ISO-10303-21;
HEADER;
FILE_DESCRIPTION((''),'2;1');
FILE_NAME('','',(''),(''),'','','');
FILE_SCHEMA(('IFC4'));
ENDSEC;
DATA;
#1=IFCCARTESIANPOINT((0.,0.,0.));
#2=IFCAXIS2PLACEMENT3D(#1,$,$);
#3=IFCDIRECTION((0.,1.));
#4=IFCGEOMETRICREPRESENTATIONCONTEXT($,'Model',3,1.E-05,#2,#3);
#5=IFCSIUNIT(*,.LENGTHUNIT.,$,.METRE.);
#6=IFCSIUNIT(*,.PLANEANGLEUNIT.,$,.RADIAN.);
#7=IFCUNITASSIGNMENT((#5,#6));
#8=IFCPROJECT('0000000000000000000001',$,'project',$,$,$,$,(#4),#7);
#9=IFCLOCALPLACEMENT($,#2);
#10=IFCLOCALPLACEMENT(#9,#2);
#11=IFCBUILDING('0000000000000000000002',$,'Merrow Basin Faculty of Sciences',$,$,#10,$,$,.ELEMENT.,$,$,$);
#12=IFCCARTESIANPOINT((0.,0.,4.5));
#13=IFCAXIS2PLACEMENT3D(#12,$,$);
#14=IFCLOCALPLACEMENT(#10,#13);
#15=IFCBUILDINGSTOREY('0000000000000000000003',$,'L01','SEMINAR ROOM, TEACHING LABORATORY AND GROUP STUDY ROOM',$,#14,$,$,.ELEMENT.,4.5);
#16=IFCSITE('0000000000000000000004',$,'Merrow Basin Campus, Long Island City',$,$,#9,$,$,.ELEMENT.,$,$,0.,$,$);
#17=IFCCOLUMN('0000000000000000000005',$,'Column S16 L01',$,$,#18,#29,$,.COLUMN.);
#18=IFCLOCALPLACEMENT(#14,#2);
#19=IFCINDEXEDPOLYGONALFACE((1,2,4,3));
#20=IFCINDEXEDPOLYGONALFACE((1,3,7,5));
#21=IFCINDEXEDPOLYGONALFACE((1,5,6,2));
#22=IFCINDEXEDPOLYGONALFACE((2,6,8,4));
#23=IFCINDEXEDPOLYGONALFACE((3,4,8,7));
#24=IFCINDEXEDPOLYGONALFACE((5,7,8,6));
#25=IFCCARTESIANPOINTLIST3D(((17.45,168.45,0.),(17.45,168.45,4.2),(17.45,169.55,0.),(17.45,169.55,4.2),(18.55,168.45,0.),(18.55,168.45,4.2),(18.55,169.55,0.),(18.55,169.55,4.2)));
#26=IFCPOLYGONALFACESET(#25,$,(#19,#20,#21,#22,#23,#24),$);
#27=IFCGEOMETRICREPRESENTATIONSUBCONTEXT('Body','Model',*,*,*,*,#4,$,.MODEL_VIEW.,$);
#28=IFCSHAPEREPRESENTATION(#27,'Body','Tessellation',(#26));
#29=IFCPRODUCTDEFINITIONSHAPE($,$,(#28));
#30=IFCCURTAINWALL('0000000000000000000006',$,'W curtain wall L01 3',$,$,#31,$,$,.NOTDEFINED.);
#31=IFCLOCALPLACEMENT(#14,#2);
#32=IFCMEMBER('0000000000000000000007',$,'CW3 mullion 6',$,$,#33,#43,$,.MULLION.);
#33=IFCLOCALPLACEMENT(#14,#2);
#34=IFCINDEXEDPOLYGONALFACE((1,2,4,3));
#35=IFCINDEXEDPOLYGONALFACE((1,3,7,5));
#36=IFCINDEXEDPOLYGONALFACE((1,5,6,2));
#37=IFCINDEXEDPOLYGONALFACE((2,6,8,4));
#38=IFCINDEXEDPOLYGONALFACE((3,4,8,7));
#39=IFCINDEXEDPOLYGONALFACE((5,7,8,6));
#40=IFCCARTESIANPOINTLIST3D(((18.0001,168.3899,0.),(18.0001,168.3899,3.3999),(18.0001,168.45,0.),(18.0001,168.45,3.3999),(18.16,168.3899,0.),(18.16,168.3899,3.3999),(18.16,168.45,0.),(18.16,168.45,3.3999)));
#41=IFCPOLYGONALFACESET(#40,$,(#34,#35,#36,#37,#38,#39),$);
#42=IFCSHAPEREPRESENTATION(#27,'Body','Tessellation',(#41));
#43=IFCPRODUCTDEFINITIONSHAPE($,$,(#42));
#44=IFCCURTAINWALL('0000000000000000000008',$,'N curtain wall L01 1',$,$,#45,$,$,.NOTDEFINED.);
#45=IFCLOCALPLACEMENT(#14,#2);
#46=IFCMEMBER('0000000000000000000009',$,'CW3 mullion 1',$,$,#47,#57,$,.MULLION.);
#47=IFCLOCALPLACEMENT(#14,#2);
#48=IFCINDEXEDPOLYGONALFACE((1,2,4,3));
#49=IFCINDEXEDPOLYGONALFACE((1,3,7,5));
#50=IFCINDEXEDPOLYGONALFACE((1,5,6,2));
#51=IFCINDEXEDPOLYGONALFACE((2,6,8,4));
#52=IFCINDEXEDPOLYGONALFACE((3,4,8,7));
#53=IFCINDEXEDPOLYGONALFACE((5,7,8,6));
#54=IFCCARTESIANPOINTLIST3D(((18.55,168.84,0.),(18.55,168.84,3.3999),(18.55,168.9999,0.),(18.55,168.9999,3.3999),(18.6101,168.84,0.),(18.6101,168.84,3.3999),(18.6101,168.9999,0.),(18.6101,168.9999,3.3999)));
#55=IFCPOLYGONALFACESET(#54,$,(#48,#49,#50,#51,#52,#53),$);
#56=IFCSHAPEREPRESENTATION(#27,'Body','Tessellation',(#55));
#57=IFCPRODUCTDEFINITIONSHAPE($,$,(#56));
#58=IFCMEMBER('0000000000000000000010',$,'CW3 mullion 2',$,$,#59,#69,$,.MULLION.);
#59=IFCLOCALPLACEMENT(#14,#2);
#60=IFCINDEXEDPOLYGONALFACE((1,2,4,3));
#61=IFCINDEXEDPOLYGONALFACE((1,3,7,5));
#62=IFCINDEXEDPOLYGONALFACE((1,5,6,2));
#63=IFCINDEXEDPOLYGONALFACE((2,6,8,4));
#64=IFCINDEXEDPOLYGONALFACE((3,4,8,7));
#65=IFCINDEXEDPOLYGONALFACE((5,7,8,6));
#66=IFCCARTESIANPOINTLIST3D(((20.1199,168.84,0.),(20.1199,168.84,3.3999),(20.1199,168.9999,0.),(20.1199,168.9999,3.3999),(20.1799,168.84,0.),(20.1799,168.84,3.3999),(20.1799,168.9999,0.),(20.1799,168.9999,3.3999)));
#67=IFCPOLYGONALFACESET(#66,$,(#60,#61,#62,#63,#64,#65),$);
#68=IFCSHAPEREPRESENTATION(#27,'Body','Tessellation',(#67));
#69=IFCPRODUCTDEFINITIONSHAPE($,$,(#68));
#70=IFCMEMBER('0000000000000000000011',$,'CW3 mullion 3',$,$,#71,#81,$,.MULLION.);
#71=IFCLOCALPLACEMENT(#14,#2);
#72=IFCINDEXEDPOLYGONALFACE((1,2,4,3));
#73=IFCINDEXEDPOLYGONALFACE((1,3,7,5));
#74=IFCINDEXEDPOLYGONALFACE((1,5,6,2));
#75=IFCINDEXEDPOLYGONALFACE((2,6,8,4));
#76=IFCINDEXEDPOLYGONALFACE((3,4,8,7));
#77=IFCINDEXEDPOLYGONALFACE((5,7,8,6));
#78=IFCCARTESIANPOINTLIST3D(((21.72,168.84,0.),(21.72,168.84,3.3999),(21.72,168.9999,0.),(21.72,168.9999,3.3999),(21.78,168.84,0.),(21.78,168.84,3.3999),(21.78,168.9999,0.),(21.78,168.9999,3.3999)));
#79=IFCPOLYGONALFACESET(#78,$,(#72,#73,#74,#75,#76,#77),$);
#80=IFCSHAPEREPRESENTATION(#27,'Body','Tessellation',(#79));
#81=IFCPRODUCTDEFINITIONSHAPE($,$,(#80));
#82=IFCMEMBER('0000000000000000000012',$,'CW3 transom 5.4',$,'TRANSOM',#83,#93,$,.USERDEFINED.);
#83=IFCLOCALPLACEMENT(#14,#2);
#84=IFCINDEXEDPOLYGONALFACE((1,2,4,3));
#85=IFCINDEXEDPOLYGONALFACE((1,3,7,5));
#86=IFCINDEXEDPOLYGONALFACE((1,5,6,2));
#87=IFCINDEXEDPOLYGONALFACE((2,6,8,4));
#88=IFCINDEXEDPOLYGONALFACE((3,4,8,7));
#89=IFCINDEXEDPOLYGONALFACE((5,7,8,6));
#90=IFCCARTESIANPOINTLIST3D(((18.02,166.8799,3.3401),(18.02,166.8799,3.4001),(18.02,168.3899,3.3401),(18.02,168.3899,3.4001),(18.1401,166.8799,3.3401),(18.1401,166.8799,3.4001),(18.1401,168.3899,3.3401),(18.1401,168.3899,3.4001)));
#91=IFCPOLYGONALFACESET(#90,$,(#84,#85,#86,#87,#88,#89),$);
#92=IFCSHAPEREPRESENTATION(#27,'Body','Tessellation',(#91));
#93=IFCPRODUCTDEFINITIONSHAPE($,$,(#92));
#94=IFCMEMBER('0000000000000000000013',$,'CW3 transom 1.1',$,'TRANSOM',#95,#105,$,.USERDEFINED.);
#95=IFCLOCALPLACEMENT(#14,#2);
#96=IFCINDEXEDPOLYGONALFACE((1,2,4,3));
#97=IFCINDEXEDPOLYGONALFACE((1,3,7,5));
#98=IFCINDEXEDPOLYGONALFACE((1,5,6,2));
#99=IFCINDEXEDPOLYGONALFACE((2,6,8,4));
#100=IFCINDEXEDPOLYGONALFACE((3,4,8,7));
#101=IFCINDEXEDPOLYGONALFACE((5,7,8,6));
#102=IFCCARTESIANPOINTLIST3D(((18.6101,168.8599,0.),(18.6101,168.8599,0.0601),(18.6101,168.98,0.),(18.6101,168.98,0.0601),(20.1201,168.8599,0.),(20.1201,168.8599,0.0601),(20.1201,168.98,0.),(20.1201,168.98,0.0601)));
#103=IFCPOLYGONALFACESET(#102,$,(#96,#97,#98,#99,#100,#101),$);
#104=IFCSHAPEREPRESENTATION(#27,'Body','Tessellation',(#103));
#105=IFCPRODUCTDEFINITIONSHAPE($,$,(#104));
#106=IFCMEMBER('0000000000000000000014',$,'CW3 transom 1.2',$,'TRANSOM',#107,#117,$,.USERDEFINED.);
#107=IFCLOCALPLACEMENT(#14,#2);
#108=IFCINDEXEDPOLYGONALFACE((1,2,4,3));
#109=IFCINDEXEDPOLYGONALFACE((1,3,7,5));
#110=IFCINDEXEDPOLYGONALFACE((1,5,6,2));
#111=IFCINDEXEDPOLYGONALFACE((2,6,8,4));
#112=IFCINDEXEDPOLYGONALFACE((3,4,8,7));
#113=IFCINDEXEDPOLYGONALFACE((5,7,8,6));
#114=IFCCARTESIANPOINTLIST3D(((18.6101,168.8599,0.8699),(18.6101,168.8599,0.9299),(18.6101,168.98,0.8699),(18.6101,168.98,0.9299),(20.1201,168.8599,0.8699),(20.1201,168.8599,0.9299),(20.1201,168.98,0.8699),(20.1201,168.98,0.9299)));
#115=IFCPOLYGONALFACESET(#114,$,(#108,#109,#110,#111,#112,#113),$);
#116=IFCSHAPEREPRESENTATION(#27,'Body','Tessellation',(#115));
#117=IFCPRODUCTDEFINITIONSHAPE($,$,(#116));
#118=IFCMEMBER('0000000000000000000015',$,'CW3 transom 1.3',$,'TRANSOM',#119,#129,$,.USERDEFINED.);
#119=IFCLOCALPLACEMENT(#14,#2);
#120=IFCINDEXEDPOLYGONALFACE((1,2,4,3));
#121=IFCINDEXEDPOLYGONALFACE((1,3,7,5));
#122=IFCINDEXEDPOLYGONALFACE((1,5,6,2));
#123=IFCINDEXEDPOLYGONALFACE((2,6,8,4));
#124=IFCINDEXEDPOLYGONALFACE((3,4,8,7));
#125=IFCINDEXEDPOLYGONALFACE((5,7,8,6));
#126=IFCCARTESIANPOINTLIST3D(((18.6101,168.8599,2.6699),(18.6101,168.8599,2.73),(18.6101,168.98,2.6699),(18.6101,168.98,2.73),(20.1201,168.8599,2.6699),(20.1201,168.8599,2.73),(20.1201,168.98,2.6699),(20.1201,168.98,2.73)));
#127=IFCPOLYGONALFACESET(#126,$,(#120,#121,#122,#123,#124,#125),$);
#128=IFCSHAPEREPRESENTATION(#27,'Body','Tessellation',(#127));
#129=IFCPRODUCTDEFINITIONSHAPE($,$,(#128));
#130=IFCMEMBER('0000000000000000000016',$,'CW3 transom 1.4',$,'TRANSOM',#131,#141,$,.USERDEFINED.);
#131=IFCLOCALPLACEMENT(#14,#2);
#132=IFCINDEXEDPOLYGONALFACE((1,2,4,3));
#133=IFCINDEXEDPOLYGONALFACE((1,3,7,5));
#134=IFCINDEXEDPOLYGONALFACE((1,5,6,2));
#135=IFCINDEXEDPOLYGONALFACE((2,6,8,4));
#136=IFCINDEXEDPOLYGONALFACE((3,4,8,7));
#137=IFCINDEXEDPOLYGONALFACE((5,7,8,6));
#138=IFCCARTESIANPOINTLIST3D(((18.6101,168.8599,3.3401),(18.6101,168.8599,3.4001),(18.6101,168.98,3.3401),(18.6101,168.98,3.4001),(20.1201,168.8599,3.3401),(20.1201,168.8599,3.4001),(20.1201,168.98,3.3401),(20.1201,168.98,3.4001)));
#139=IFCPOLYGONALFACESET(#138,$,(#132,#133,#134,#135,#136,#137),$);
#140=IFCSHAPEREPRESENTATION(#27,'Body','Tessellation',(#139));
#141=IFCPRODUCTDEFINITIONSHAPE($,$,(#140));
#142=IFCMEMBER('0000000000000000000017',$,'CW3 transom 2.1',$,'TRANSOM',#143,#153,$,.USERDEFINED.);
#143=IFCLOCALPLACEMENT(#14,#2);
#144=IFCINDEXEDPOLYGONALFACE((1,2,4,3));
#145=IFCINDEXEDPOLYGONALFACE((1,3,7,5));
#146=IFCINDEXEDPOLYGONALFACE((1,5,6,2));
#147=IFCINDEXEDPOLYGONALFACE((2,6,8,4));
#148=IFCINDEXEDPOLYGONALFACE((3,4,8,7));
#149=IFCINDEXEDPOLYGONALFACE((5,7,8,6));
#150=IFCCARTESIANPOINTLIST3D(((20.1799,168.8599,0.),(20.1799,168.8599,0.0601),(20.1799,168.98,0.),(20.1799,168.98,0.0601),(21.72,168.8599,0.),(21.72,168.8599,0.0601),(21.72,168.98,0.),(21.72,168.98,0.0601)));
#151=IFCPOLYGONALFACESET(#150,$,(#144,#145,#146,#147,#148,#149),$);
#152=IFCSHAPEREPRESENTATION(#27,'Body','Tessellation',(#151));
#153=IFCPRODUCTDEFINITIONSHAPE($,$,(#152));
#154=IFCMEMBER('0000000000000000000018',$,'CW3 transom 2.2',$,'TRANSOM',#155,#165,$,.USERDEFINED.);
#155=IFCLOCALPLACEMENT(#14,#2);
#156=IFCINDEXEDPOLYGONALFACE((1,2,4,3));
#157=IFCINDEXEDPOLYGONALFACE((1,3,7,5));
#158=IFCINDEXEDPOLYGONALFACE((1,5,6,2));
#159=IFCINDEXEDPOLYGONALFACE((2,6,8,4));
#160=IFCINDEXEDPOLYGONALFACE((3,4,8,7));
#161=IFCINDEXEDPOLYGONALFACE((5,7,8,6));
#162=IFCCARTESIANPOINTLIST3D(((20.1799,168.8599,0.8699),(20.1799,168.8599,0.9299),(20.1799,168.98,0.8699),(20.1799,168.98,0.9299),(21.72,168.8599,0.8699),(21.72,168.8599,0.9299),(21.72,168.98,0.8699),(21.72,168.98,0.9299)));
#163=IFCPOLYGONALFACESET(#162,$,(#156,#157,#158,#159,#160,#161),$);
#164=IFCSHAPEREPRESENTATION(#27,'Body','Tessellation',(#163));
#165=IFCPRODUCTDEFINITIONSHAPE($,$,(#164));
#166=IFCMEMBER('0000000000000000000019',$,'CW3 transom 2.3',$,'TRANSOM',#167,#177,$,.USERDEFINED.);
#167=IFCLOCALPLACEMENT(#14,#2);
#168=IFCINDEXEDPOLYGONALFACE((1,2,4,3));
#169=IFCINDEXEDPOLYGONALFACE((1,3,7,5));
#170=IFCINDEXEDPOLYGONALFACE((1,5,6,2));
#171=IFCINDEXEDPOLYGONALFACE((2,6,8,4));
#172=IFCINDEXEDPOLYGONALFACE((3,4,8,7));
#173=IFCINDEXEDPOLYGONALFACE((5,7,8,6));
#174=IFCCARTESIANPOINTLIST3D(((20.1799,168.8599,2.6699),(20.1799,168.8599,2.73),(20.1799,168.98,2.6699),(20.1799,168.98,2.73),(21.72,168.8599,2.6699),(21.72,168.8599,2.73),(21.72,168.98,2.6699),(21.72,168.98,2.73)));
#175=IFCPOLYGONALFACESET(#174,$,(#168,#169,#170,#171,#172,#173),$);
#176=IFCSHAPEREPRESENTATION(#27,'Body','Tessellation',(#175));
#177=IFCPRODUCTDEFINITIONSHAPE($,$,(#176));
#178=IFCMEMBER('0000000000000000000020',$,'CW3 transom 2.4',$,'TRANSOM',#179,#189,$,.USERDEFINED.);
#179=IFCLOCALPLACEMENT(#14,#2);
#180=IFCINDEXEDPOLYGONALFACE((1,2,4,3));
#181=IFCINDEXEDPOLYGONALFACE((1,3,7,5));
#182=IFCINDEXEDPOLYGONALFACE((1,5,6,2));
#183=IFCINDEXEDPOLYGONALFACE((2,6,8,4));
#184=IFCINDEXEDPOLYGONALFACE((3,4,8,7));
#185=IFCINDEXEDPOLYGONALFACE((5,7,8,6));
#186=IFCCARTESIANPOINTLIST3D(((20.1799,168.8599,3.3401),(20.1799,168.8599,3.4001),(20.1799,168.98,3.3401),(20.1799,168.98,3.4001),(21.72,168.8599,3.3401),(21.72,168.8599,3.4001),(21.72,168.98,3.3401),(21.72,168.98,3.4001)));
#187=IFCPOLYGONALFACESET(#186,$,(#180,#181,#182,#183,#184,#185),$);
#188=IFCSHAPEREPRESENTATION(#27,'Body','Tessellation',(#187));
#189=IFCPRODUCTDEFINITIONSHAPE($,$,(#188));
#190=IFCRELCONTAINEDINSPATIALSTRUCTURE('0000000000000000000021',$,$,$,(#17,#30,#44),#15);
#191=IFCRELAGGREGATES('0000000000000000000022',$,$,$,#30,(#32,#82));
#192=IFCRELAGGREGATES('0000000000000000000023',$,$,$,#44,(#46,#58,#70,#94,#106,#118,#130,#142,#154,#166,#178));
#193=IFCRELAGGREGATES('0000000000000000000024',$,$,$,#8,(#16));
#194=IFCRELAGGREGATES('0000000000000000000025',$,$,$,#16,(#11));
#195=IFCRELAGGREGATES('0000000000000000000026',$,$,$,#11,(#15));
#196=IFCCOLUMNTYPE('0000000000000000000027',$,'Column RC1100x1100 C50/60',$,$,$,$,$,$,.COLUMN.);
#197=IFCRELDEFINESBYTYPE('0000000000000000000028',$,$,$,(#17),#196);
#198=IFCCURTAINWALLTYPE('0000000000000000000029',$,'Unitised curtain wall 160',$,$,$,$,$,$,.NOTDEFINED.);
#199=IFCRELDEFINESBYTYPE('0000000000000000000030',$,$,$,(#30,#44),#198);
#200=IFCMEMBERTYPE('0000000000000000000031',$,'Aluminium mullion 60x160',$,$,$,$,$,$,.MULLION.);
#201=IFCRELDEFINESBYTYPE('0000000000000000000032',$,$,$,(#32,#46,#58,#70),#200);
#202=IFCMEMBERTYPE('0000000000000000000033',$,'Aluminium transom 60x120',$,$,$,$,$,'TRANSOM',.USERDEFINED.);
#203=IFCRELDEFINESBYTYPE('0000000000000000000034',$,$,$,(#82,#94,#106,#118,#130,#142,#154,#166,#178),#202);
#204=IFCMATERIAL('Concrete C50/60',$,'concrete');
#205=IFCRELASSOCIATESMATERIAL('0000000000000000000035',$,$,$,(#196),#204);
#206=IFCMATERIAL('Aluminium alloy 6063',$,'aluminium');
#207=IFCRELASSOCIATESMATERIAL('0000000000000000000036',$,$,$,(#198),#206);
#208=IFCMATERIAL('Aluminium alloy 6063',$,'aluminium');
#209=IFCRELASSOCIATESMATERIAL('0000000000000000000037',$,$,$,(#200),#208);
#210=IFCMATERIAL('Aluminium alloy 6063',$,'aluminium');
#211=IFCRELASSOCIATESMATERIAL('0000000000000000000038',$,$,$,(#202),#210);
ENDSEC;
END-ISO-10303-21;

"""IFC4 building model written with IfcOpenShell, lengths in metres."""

from ifc_helpers import new_model, si_unit, direction, frame, origin, origin_2d, place, context, subcontext, project, spatial, rectangle, extrude, material, material_profile, profile_set, type_object, element, aggregate, save


model = new_model("IFC4")

# Units and contexts
model_context = context("Model", 3, precision=1e-05, world=origin(), true_north=direction((0.0, 1.0)))
body_context = subcontext(model_context, "Body", "Model", "MODEL_VIEW")
ifc_project = project(units=[si_unit("LENGTHUNIT", "METRE"), si_unit("PLANEANGLEUNIT", "RADIAN")], contexts=[model_context])

# Site, building, storey
site_placement = place(None, origin())
site = spatial("IfcSite", under=ifc_project, at=site_placement, Name="Merrow Basin Campus, Long Island City", CompositionType="ELEMENT", RefElevation=0.0)
building_placement = place(site_placement, origin())
building = spatial("IfcBuilding", under=site, at=building_placement, Name="Merrow Basin Faculty of Sciences", CompositionType="ELEMENT")
storey_placement = place(building_placement, frame((0.0, 0.0, 4.5)))
storey = spatial("IfcBuildingStorey", under=building, at=storey_placement, Name="L01", Description="SEMINAR ROOM, TEACHING LABORATORY AND GROUP STUDY ROOM", CompositionType="ELEMENT", Elevation=4.5)

# Column
ifc_material_1 = material(Name="Concrete C50/60", Category="concrete")
ifc_material_profile_1 = material_profile(ifc_material_1, rectangle(XDim=1.1001, YDim=1.1001, at=origin_2d()))
ifc_profile_set_1 = profile_set([ifc_material_profile_1], Name="Concrete C50/60")
column_type = type_object("IfcColumnType", Name="Column RC1100x1100 C50/60", PredefinedType="COLUMN", material=ifc_profile_set_1)
column_placement = place(storey_placement, frame((18.0, 169.0, 0.0), z_axis=(0.0, 0.0, 1.0), x_axis=(1.0, 0.0, 0.0)))
element("IfcColumn", 1, at=column_placement, inside=storey, type_object=column_type, Name="Column S16 L01", PredefinedType="COLUMN", context=body_context, shape_type="SweptSolid", body=[
    extrude(rectangle(XDim=1.1001, YDim=1.1001, at=origin_2d()), origin(), (0.0, 0.0, 1.0), 4.2),
])

# Curtain wall, member
ifc_material_2 = material(Name="Aluminium alloy 6063", Category="aluminium")
curtain_wall_type = type_object("IfcCurtainWallType", Name="Unitised curtain wall 160", PredefinedType="NOTDEFINED", material=ifc_material_2)
curtain_wall_1_placement = place(storey_placement, origin())
curtain_wall_1 = element("IfcCurtainWall", 2, at=curtain_wall_1_placement, inside=storey, type_object=curtain_wall_type, Name="W curtain wall L01 3", PredefinedType="NOTDEFINED")
ifc_material_3 = material(Name="Aluminium alloy 6063", Category="aluminium")
ifc_material_profile_2 = material_profile(ifc_material_3, rectangle(XDim=0.1599, YDim=0.0601, at=origin_2d()))
ifc_profile_set_2 = profile_set([ifc_material_profile_2], Name="Aluminium alloy 6063")
member_type_1 = type_object("IfcMemberType", Name="Aluminium mullion 60x160", PredefinedType="MULLION", material=ifc_profile_set_2)
member_1_placement = place(storey_placement, frame((18.0801, 168.4199, 0.0), z_axis=(0.0, 0.0, 1.0), x_axis=(-1.0, 0.0, 0.0)))
member_1 = element("IfcMember", 3, at=member_1_placement, type_object=member_type_1, Name="CW3 mullion 6", PredefinedType="MULLION", context=body_context, shape_type="SweptSolid", body=[
    extrude(rectangle(XDim=0.1599, YDim=0.0601, at=origin_2d()), origin(), (0.0, 0.0, 1.0), 3.3999),
])

# Curtain wall, members
curtain_wall_2_placement = place(storey_placement, origin())
curtain_wall_2 = element("IfcCurtainWall", 4, at=curtain_wall_2_placement, inside=storey, type_object=curtain_wall_type, Name="N curtain wall L01 1", PredefinedType="NOTDEFINED")
member_2_placement = place(storey_placement, frame((18.5801, 168.9199, 0.0), z_axis=(0.0, 0.0, 1.0), x_axis=(0.0, 1.0, 0.0)))
member_2 = element("IfcMember", 5, at=member_2_placement, type_object=member_type_1, Name="CW3 mullion 1", PredefinedType="MULLION", context=body_context, shape_type="SweptSolid", body=[
    extrude(rectangle(XDim=0.1599, YDim=0.0601, at=origin_2d()), origin(), (0.0, 0.0, 1.0), 3.3999),
])
member_3_placement = place(storey_placement, frame((20.1499, 168.9199, 0.0), z_axis=(0.0, 0.0, 1.0), x_axis=(0.0, 1.0, 0.0)))
member_3 = element("IfcMember", 6, at=member_3_placement, type_object=member_type_1, Name="CW3 mullion 2", PredefinedType="MULLION", context=body_context, shape_type="SweptSolid", body=[
    extrude(rectangle(XDim=0.1599, YDim=0.0601, at=origin_2d()), origin(), (0.0, 0.0, 1.0), 3.3999),
])
member_4_placement = place(storey_placement, frame((21.75, 168.9199, 0.0), z_axis=(0.0, 0.0, 1.0), x_axis=(0.0, 1.0, 0.0)))
member_4 = element("IfcMember", 7, at=member_4_placement, type_object=member_type_1, Name="CW3 mullion 3", PredefinedType="MULLION", context=body_context, shape_type="SweptSolid", body=[
    extrude(rectangle(XDim=0.1599, YDim=0.0601, at=origin_2d()), origin(), (0.0, 0.0, 1.0), 3.3999),
])

# Members
ifc_material_4 = material(Name="Aluminium alloy 6063", Category="aluminium")
ifc_material_profile_3 = material_profile(ifc_material_4, rectangle(XDim=0.1201, YDim=0.0601, at=origin_2d()))
ifc_profile_set_3 = profile_set([ifc_material_profile_3], Name="Aluminium alloy 6063")
member_type_2 = type_object("IfcMemberType", Name="Aluminium transom 60x120", ElementType="TRANSOM", PredefinedType="USERDEFINED", material=ifc_profile_set_3)
member_5_placement = place(storey_placement, frame((18.0801, 166.8799, 3.3701), z_axis=(0.0, 1.0, 0.0), x_axis=(-1.0, 0.0, 0.0)))
member_5 = element("IfcMember", 8, at=member_5_placement, type_object=member_type_2, Name="CW3 transom 5.4", ObjectType="TRANSOM", PredefinedType="USERDEFINED", context=body_context, shape_type="SweptSolid", body=[
    extrude(rectangle(XDim=0.1201, YDim=0.0601, at=origin_2d()), origin(), (0.0, 0.0, 1.0), 1.51),
])
member_6_placement = place(storey_placement, frame((18.6101, 168.9199, 0.03), z_axis=(1.0, 0.0, 0.0), x_axis=(0.0, 1.0, 0.0)))
member_6 = element("IfcMember", 9, at=member_6_placement, type_object=member_type_2, Name="CW3 transom 1.1", ObjectType="TRANSOM", PredefinedType="USERDEFINED", context=body_context, shape_type="SweptSolid", body=[
    extrude(rectangle(XDim=0.1201, YDim=0.0601, at=origin_2d()), origin(), (0.0, 0.0, 1.0), 1.51),
])
member_7_placement = place(storey_placement, frame((18.6101, 168.9199, 0.8999), z_axis=(1.0, 0.0, 0.0), x_axis=(0.0, 1.0, 0.0)))
member_7 = element("IfcMember", 10, at=member_7_placement, type_object=member_type_2, Name="CW3 transom 1.2", ObjectType="TRANSOM", PredefinedType="USERDEFINED", context=body_context, shape_type="SweptSolid", body=[
    extrude(rectangle(XDim=0.1201, YDim=0.0601, at=origin_2d()), origin(), (0.0, 0.0, 1.0), 1.51),
])
member_8_placement = place(storey_placement, frame((18.6101, 168.9199, 2.7), z_axis=(1.0, 0.0, 0.0), x_axis=(0.0, 1.0, 0.0)))
member_8 = element("IfcMember", 11, at=member_8_placement, type_object=member_type_2, Name="CW3 transom 1.3", ObjectType="TRANSOM", PredefinedType="USERDEFINED", context=body_context, shape_type="SweptSolid", body=[
    extrude(rectangle(XDim=0.1201, YDim=0.0601, at=origin_2d()), origin(), (0.0, 0.0, 1.0), 1.51),
])
member_9_placement = place(storey_placement, frame((18.6101, 168.9199, 3.3701), z_axis=(1.0, 0.0, 0.0), x_axis=(0.0, 1.0, 0.0)))
member_9 = element("IfcMember", 12, at=member_9_placement, type_object=member_type_2, Name="CW3 transom 1.4", ObjectType="TRANSOM", PredefinedType="USERDEFINED", context=body_context, shape_type="SweptSolid", body=[
    extrude(rectangle(XDim=0.1201, YDim=0.0601, at=origin_2d()), origin(), (0.0, 0.0, 1.0), 1.51),
])
member_10_placement = place(storey_placement, frame((20.1799, 168.9199, 0.03), z_axis=(1.0, 0.0, 0.0), x_axis=(0.0, 1.0, 0.0)))
member_10 = element("IfcMember", 13, at=member_10_placement, type_object=member_type_2, Name="CW3 transom 2.1", ObjectType="TRANSOM", PredefinedType="USERDEFINED", context=body_context, shape_type="SweptSolid", body=[
    extrude(rectangle(XDim=0.1201, YDim=0.0601, at=origin_2d()), origin(), (0.0, 0.0, 1.0), 1.54),
])
member_11_placement = place(storey_placement, frame((20.1799, 168.9199, 0.8999), z_axis=(1.0, 0.0, 0.0), x_axis=(0.0, 1.0, 0.0)))
member_11 = element("IfcMember", 14, at=member_11_placement, type_object=member_type_2, Name="CW3 transom 2.2", ObjectType="TRANSOM", PredefinedType="USERDEFINED", context=body_context, shape_type="SweptSolid", body=[
    extrude(rectangle(XDim=0.1201, YDim=0.0601, at=origin_2d()), origin(), (0.0, 0.0, 1.0), 1.54),
])
member_12_placement = place(storey_placement, frame((20.1799, 168.9199, 2.7), z_axis=(1.0, 0.0, 0.0), x_axis=(0.0, 1.0, 0.0)))
member_12 = element("IfcMember", 15, at=member_12_placement, type_object=member_type_2, Name="CW3 transom 2.3", ObjectType="TRANSOM", PredefinedType="USERDEFINED", context=body_context, shape_type="SweptSolid", body=[
    extrude(rectangle(XDim=0.1201, YDim=0.0601, at=origin_2d()), origin(), (0.0, 0.0, 1.0), 1.54),
])
member_13_placement = place(storey_placement, frame((20.1799, 168.9199, 3.3701), z_axis=(1.0, 0.0, 0.0), x_axis=(0.0, 1.0, 0.0)))
member_13 = element("IfcMember", 16, at=member_13_placement, type_object=member_type_2, Name="CW3 transom 2.4", ObjectType="TRANSOM", PredefinedType="USERDEFINED", context=body_context, shape_type="SweptSolid", body=[
    extrude(rectangle(XDim=0.1201, YDim=0.0601, at=origin_2d()), origin(), (0.0, 0.0, 1.0), 1.54),
])

aggregate(curtain_wall_1, [member_1, member_5])
aggregate(curtain_wall_2, [member_2, member_3, member_4, member_6, member_7, member_8, member_9, member_10, member_11, member_12, member_13])

save(model, "model.ifc")
